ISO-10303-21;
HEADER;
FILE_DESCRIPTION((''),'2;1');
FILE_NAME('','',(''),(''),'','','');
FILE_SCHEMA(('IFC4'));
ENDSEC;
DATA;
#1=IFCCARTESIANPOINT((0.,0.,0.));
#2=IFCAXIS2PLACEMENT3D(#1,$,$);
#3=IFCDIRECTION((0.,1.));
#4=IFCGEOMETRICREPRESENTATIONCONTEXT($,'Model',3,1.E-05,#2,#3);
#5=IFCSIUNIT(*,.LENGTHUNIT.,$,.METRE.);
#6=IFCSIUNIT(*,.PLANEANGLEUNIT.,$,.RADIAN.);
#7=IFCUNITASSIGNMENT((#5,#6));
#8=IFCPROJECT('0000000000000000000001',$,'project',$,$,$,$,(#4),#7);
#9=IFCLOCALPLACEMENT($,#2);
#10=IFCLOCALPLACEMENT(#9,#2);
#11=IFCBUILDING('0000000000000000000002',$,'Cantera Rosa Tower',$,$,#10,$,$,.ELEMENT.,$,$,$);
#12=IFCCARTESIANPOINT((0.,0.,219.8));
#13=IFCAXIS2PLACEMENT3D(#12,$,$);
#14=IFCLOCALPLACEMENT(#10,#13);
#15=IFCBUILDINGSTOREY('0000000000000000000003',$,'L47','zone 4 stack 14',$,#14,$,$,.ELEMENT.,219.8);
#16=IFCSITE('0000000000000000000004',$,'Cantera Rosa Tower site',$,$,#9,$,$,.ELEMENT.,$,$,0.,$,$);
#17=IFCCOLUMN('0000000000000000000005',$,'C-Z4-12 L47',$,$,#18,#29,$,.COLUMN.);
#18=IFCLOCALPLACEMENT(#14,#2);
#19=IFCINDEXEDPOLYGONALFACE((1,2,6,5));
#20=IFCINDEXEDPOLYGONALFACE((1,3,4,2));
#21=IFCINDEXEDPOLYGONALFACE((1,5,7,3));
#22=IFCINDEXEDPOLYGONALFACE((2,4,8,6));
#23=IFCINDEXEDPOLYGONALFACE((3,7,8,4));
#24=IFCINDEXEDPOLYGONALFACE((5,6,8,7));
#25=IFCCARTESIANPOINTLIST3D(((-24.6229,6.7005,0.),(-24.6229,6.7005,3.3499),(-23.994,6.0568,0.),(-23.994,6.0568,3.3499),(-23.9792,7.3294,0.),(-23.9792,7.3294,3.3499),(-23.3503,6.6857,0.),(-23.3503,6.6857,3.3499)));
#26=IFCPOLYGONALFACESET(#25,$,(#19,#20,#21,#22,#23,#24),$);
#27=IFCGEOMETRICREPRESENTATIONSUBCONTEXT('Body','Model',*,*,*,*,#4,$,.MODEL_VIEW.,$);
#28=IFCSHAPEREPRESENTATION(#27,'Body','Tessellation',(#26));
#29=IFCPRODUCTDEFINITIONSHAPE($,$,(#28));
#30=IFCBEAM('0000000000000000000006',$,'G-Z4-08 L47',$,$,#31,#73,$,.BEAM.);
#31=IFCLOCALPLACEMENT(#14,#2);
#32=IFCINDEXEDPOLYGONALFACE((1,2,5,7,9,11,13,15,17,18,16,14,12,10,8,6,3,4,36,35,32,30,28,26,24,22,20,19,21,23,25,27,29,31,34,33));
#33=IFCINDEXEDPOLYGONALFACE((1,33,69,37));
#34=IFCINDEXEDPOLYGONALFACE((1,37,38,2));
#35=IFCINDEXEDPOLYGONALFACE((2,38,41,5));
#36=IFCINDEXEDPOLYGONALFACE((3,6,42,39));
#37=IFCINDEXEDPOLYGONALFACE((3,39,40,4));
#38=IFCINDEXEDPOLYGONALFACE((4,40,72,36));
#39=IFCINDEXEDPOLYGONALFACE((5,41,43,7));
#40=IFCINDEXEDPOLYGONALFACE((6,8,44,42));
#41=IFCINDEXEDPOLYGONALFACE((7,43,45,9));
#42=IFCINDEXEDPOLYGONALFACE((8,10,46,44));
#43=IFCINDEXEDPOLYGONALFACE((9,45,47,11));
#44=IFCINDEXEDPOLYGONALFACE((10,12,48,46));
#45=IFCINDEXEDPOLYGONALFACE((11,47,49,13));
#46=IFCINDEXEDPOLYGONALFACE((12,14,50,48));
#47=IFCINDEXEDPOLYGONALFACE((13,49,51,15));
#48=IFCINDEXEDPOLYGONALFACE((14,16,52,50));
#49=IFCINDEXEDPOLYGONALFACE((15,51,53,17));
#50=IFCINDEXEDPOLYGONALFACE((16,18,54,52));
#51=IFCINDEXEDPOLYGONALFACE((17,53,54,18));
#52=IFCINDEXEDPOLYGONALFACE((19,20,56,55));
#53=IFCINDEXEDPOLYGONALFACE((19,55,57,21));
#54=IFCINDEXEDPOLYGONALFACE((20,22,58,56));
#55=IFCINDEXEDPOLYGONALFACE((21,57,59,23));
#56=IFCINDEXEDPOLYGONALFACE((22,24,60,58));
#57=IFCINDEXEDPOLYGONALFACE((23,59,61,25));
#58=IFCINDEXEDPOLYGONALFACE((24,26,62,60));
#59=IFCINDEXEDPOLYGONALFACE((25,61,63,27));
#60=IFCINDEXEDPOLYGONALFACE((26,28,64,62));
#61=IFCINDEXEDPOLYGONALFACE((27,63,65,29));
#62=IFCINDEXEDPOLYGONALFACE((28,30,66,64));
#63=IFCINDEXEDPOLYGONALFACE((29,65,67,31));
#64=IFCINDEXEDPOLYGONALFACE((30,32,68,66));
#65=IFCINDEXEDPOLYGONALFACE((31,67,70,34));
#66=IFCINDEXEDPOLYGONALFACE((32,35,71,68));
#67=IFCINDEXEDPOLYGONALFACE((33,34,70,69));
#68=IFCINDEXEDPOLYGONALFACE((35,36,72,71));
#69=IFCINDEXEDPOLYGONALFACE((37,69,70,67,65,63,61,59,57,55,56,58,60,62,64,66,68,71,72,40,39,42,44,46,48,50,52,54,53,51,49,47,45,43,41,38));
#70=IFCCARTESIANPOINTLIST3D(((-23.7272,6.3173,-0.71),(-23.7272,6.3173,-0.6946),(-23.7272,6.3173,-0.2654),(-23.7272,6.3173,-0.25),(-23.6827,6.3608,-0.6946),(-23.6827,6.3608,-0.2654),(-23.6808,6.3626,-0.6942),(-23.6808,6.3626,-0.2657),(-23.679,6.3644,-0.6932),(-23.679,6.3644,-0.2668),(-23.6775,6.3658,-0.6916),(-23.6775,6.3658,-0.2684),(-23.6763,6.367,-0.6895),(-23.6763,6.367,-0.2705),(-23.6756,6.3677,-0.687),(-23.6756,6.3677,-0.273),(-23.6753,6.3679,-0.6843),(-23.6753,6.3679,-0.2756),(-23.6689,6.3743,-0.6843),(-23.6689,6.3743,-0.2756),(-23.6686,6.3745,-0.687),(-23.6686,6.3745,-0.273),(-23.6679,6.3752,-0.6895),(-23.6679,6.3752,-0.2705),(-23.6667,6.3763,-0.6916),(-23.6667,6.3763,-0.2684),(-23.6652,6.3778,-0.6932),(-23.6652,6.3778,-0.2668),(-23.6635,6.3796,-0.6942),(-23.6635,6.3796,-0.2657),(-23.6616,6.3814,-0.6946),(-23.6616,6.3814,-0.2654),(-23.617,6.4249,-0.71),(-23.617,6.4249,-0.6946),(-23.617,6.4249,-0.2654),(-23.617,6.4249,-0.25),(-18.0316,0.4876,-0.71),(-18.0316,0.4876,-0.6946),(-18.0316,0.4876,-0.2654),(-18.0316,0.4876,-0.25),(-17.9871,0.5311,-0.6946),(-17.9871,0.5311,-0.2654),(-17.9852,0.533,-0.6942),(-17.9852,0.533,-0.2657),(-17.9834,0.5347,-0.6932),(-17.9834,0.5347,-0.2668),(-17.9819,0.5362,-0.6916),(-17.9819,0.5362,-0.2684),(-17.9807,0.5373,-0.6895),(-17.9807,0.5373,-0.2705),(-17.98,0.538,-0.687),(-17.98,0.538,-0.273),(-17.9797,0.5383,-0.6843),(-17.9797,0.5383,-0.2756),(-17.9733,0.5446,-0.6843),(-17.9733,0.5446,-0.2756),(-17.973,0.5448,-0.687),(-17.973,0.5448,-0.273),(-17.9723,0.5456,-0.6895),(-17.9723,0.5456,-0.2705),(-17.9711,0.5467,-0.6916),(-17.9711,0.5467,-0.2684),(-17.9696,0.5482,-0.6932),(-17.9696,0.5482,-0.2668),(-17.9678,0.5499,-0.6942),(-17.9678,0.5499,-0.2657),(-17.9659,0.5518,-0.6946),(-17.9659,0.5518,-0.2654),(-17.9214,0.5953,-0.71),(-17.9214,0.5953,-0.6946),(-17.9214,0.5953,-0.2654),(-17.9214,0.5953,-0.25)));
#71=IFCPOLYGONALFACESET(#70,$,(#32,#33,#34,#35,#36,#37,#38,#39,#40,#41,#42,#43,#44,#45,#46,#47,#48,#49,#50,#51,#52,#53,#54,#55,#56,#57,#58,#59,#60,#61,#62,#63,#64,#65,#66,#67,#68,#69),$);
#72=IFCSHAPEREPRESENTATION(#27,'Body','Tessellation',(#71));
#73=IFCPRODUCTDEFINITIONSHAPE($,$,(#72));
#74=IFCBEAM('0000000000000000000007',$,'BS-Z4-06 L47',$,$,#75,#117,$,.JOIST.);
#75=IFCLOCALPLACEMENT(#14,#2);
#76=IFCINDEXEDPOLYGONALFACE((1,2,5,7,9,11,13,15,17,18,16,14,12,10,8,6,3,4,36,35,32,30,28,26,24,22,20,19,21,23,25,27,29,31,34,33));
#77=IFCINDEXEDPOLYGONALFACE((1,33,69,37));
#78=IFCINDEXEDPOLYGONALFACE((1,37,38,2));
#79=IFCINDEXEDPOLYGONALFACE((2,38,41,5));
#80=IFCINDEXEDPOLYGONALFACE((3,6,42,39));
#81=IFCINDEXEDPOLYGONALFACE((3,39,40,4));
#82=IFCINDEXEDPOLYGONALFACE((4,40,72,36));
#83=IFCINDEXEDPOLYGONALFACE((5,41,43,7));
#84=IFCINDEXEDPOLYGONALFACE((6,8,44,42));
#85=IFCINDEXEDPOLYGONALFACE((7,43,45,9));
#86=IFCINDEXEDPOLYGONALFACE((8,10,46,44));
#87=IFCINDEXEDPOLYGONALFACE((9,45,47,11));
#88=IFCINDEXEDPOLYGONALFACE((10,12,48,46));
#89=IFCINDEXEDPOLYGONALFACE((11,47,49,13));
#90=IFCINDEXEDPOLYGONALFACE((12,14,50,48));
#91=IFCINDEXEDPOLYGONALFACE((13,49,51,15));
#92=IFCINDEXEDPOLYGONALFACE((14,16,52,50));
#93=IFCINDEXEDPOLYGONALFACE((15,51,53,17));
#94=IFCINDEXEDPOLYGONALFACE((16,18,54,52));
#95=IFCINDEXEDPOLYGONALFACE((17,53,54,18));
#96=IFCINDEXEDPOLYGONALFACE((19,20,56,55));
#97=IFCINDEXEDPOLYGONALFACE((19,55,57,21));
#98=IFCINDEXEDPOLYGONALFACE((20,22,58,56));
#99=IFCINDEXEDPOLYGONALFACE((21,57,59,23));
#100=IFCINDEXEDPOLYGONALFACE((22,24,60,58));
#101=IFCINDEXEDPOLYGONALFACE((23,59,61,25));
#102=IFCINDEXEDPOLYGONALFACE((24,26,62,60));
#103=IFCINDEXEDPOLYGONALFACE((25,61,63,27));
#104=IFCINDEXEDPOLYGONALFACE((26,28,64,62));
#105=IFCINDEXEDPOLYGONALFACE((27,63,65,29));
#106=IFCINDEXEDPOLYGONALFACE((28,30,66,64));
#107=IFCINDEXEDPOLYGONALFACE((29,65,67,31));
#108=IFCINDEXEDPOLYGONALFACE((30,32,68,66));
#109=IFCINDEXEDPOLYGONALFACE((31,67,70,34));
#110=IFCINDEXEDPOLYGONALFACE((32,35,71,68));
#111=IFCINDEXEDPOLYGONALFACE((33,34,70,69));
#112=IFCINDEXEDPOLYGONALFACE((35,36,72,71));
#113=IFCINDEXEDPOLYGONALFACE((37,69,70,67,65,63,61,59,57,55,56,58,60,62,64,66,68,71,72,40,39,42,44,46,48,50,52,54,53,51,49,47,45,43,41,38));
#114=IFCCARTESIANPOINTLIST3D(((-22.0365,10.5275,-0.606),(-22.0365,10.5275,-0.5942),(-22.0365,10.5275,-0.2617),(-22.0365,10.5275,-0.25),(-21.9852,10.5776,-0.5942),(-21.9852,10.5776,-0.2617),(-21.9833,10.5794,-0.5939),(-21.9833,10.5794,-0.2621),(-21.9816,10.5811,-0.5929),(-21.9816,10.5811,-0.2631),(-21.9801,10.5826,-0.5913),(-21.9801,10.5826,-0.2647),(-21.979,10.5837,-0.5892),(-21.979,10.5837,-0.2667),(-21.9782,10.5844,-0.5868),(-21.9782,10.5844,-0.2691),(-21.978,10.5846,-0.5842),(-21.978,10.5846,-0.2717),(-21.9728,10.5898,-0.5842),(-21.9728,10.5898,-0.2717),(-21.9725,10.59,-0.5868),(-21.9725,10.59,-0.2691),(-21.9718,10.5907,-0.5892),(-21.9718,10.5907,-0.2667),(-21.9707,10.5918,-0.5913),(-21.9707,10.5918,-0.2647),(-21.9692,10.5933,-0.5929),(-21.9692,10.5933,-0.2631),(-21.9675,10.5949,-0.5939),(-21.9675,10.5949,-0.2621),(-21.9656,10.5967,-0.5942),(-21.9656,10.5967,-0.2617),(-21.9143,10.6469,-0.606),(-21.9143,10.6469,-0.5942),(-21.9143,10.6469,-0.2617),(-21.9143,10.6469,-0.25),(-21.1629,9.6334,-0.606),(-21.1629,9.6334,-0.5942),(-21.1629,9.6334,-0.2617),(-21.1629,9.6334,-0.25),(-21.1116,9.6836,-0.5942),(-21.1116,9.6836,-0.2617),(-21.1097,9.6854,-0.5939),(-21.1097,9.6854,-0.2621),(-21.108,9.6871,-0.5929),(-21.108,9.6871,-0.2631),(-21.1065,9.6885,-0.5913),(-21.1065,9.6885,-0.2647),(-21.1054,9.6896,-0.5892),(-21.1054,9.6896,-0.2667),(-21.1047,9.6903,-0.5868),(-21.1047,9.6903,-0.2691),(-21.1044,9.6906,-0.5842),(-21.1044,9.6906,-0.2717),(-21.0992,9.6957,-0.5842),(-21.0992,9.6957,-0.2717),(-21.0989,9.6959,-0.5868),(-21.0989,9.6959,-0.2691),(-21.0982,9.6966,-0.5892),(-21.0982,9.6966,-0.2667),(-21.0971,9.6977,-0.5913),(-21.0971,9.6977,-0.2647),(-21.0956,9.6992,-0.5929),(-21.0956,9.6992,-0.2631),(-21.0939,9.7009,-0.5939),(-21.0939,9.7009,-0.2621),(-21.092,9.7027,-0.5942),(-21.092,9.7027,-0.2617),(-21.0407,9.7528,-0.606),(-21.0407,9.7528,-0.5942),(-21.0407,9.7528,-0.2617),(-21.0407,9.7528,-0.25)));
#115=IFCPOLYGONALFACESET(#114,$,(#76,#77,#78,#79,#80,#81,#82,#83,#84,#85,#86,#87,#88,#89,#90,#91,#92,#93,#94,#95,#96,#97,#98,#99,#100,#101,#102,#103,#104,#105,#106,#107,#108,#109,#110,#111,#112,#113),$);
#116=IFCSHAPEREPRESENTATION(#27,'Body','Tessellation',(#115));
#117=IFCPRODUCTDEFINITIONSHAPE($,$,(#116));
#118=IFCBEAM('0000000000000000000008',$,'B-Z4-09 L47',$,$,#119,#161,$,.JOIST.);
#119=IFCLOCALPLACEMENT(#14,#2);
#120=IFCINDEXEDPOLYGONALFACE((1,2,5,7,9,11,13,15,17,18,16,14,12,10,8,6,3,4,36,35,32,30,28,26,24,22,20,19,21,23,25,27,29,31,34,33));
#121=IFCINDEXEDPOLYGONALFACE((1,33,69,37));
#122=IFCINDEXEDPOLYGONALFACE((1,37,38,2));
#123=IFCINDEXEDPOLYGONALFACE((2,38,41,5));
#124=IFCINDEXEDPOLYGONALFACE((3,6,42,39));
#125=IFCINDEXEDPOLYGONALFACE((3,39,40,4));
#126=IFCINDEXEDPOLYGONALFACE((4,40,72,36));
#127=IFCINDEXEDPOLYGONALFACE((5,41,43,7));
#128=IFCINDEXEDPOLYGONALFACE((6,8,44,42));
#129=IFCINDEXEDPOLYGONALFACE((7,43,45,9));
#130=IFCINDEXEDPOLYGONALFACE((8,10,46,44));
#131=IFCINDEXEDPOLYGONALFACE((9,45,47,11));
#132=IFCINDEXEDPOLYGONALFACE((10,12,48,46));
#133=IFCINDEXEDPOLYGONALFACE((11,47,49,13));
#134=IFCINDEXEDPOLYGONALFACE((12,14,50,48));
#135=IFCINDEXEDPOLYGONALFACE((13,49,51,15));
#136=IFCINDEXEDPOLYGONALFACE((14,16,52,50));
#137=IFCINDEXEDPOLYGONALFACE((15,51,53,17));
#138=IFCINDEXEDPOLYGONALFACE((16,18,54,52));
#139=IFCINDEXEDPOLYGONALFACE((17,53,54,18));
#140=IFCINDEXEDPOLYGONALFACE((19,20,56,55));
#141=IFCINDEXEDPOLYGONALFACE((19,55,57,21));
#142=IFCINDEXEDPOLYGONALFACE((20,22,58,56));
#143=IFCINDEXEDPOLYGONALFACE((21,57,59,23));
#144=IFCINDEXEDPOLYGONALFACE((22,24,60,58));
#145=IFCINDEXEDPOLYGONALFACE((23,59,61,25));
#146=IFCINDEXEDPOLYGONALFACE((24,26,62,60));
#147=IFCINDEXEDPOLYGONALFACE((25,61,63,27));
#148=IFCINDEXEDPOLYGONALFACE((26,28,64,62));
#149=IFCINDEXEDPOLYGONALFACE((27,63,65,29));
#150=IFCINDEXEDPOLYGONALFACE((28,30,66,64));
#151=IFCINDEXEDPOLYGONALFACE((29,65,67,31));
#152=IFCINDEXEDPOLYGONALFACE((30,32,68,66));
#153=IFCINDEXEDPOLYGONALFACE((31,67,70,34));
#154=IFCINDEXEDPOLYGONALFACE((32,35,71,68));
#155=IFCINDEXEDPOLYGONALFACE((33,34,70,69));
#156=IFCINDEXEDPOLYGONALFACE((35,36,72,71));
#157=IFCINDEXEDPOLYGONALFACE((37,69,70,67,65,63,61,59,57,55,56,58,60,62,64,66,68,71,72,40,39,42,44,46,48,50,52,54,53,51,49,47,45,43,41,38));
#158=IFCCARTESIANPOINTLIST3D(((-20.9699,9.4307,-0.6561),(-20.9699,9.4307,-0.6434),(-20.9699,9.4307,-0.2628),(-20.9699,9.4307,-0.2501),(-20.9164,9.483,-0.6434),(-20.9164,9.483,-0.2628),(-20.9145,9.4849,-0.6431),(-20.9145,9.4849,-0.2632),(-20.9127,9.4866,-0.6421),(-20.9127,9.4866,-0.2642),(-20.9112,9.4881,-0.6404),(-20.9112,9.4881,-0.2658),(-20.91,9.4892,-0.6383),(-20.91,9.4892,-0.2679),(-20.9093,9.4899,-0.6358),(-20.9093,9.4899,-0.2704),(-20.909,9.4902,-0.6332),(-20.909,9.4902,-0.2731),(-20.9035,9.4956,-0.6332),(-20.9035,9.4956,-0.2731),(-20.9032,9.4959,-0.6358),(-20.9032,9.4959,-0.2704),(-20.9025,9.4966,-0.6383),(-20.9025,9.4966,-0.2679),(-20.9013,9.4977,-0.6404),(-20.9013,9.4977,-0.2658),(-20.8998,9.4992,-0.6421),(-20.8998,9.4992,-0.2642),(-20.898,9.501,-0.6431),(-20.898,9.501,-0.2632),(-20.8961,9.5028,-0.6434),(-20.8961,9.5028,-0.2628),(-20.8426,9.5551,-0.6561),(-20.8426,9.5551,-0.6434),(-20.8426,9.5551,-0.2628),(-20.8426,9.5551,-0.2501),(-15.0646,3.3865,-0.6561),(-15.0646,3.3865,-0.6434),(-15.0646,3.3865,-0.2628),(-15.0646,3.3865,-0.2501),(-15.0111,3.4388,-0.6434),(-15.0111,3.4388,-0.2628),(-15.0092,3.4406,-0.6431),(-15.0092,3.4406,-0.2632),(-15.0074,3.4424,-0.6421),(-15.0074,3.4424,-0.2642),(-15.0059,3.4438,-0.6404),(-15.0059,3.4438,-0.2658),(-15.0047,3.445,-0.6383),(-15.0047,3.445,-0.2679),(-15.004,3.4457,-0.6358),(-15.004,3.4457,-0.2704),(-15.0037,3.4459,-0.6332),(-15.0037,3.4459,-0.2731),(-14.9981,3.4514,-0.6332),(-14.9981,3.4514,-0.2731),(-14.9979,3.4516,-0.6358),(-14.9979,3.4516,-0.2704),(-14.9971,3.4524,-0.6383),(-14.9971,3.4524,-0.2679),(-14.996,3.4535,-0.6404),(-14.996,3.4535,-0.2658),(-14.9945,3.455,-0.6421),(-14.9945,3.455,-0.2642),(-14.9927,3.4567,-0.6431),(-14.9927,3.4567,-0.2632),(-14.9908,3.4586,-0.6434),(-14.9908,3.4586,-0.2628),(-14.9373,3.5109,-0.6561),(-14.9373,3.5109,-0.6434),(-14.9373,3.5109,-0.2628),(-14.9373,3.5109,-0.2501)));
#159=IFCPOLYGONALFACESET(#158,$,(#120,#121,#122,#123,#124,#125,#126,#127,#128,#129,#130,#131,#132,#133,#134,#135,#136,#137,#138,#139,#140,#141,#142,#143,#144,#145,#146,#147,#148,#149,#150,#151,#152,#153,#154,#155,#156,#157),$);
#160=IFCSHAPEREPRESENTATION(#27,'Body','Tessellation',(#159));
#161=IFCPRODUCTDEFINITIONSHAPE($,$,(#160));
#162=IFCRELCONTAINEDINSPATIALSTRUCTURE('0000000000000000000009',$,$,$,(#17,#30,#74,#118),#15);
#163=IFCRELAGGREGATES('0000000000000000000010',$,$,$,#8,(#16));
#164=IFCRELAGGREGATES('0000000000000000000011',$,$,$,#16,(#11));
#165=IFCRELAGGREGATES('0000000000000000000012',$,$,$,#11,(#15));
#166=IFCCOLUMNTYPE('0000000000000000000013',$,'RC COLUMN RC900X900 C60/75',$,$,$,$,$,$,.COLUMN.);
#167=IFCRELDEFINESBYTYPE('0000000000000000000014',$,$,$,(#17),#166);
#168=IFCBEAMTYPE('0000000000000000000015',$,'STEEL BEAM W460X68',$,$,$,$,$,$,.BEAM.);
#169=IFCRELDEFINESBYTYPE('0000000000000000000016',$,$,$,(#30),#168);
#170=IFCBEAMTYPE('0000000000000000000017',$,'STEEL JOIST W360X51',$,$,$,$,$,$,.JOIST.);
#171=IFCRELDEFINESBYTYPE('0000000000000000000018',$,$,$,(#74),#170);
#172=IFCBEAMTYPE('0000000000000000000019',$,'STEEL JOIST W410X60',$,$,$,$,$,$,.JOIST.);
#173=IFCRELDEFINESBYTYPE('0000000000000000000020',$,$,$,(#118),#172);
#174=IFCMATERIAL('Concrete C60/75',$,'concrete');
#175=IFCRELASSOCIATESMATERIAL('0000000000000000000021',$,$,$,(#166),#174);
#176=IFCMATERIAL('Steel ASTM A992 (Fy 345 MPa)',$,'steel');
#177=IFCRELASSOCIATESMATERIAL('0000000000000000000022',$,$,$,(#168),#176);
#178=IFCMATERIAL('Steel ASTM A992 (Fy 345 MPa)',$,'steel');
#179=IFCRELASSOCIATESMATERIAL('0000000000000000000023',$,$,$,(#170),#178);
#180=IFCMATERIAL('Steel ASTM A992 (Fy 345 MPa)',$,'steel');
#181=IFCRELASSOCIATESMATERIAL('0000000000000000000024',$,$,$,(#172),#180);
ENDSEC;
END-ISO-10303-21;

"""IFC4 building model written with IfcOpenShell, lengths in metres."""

from ifc_helpers import new_model, si_unit, direction, frame, origin, origin_2d, place, context, subcontext, project, spatial, rectangle, i_section, extrude, material, material_profile, profile_set, type_object, element, save


model = new_model("IFC4")

# Units and contexts
model_context = context("Model", 3, precision=1e-05, world=origin(), true_north=direction((0.0, 1.0)))
body_context = subcontext(model_context, "Body", "Model", "MODEL_VIEW")
ifc_project = project(units=[si_unit("LENGTHUNIT", "METRE"), si_unit("PLANEANGLEUNIT", "RADIAN")], contexts=[model_context])

# Site, building, storey
site_placement = place(None, origin())
site = spatial("IfcSite", under=ifc_project, at=site_placement, Name="Cantera Rosa Tower site", CompositionType="ELEMENT", RefElevation=0.0)
building_placement = place(site_placement, origin())
building = spatial("IfcBuilding", under=site, at=building_placement, Name="Cantera Rosa Tower", CompositionType="ELEMENT")
storey_placement = place(building_placement, frame((0.0, 0.0, 219.8)))
storey = spatial("IfcBuildingStorey", under=building, at=storey_placement, Name="L47", Description="zone 4 stack 14", CompositionType="ELEMENT", Elevation=219.8)

# Column
ifc_material_1 = material(Name="Concrete C60/75", Category="concrete")
ifc_material_profile_1 = material_profile(ifc_material_1, rectangle(XDim=0.8999, YDim=0.8999, at=origin_2d()), Name="RC COLUMN RC900X900 C60/75")
ifc_profile_set_1 = profile_set([ifc_material_profile_1], Name="Concrete C60/75")
column_type = type_object("IfcColumnType", Name="RC COLUMN RC900X900 C60/75", PredefinedType="COLUMN", material=ifc_profile_set_1)
column_placement = place(storey_placement, frame((-23.9866, 6.6931, 0.0), z_axis=(0.0, 0.0, 1.0), x_axis=(0.715286, 0.698832, 0.0)))
element("IfcColumn", 1, at=column_placement, inside=storey, type_object=column_type, Name="C-Z4-12 L47", PredefinedType="COLUMN", context=body_context, shape_type="SweptSolid", body=[
    extrude(rectangle(XDim=0.8999, YDim=0.8999, at=origin_2d()), origin(), (0.0, 0.0, 1.0), 3.3499),
])

# Beams
ifc_material_2 = material(Name="Steel ASTM A992 (Fy 345 MPa)", Category="steel")
ifc_material_profile_2 = material_profile(ifc_material_2, i_section(OverallWidth=0.1541, OverallDepth=0.46, WebThickness=0.009, FlangeThickness=0.0154, FilletRadius=0.0103, at=origin_2d()), Name="W460X68")
ifc_profile_set_2 = profile_set([ifc_material_profile_2], Name="Steel ASTM A992 (Fy 345 MPa)")
beam_type_1 = type_object("IfcBeamType", Name="STEEL BEAM W460X68", PredefinedType="BEAM", material=ifc_profile_set_2)
beam_1_placement = place(storey_placement, frame((-23.6721, 6.3711, -0.48), z_axis=(0.698836, -0.715282, 0.0), x_axis=(0.715282, 0.698836, 0.0)))
element("IfcBeam", 2, at=beam_1_placement, inside=storey, type_object=beam_type_1, Name="G-Z4-08 L47", PredefinedType="BEAM", context=body_context, shape_type="SweptSolid", body=[
    extrude(i_section(OverallWidth=0.1541, OverallDepth=0.46, WebThickness=0.009, FlangeThickness=0.0154, FilletRadius=0.0103, at=origin_2d()), origin(), (0.0, 0.0, 1.0), 8.1501),
])
ifc_material_3 = material(Name="Steel ASTM A992 (Fy 345 MPa)", Category="steel")
ifc_material_profile_3 = material_profile(ifc_material_3, i_section(OverallWidth=0.1709, OverallDepth=0.356, WebThickness=0.0073, FlangeThickness=0.0117, FilletRadius=0.01, at=origin_2d()), Name="W360X51")
ifc_profile_set_3 = profile_set([ifc_material_profile_3], Name="Steel ASTM A992 (Fy 345 MPa)")
beam_type_2 = type_object("IfcBeamType", Name="STEEL JOIST W360X51", PredefinedType="JOIST", material=ifc_profile_set_3)
beam_2_placement = place(storey_placement, frame((-21.1018, 9.6931, -0.428), z_axis=(-0.698856, 0.715263, 0.0), x_axis=(-0.715263, -0.698856, 0.0)))
element("IfcBeam", 3, at=beam_2_placement, inside=storey, type_object=beam_type_2, Name="BS-Z4-06 L47", PredefinedType="JOIST", context=body_context, shape_type="SweptSolid", body=[
    extrude(i_section(OverallWidth=0.1709, OverallDepth=0.356, WebThickness=0.0073, FlangeThickness=0.0117, FilletRadius=0.01, at=origin_2d()), origin(), (0.0, 0.0, 1.0), 1.25),
])
ifc_material_4 = material(Name="Steel ASTM A992 (Fy 345 MPa)", Category="steel")
ifc_material_profile_4 = material_profile(ifc_material_4, i_section(OverallWidth=0.178, OverallDepth=0.406, WebThickness=0.0078, FlangeThickness=0.0127, FilletRadius=0.0103, at=origin_2d()), Name="W410X60")
ifc_profile_set_4 = profile_set([ifc_material_profile_4], Name="Steel ASTM A992 (Fy 345 MPa)")
beam_type_3 = type_object("IfcBeamType", Name="STEEL JOIST W410X60", PredefinedType="JOIST", material=ifc_profile_set_4)
beam_3_placement = place(storey_placement, frame((-20.9062, 9.4929, -0.4531), z_axis=(0.698839, -0.715279, 0.0), x_axis=(0.715279, 0.698839, 0.0)))
element("IfcBeam", 4, at=beam_3_placement, inside=storey, type_object=beam_type_3, Name="B-Z4-09 L47", PredefinedType="JOIST", context=body_context, shape_type="SweptSolid", body=[
    extrude(i_section(OverallWidth=0.178, OverallDepth=0.406, WebThickness=0.0078, FlangeThickness=0.0127, FilletRadius=0.0103, at=origin_2d()), origin(), (0.0, 0.0, 1.0), 8.4502),
])

save(model, "model.ifc")
